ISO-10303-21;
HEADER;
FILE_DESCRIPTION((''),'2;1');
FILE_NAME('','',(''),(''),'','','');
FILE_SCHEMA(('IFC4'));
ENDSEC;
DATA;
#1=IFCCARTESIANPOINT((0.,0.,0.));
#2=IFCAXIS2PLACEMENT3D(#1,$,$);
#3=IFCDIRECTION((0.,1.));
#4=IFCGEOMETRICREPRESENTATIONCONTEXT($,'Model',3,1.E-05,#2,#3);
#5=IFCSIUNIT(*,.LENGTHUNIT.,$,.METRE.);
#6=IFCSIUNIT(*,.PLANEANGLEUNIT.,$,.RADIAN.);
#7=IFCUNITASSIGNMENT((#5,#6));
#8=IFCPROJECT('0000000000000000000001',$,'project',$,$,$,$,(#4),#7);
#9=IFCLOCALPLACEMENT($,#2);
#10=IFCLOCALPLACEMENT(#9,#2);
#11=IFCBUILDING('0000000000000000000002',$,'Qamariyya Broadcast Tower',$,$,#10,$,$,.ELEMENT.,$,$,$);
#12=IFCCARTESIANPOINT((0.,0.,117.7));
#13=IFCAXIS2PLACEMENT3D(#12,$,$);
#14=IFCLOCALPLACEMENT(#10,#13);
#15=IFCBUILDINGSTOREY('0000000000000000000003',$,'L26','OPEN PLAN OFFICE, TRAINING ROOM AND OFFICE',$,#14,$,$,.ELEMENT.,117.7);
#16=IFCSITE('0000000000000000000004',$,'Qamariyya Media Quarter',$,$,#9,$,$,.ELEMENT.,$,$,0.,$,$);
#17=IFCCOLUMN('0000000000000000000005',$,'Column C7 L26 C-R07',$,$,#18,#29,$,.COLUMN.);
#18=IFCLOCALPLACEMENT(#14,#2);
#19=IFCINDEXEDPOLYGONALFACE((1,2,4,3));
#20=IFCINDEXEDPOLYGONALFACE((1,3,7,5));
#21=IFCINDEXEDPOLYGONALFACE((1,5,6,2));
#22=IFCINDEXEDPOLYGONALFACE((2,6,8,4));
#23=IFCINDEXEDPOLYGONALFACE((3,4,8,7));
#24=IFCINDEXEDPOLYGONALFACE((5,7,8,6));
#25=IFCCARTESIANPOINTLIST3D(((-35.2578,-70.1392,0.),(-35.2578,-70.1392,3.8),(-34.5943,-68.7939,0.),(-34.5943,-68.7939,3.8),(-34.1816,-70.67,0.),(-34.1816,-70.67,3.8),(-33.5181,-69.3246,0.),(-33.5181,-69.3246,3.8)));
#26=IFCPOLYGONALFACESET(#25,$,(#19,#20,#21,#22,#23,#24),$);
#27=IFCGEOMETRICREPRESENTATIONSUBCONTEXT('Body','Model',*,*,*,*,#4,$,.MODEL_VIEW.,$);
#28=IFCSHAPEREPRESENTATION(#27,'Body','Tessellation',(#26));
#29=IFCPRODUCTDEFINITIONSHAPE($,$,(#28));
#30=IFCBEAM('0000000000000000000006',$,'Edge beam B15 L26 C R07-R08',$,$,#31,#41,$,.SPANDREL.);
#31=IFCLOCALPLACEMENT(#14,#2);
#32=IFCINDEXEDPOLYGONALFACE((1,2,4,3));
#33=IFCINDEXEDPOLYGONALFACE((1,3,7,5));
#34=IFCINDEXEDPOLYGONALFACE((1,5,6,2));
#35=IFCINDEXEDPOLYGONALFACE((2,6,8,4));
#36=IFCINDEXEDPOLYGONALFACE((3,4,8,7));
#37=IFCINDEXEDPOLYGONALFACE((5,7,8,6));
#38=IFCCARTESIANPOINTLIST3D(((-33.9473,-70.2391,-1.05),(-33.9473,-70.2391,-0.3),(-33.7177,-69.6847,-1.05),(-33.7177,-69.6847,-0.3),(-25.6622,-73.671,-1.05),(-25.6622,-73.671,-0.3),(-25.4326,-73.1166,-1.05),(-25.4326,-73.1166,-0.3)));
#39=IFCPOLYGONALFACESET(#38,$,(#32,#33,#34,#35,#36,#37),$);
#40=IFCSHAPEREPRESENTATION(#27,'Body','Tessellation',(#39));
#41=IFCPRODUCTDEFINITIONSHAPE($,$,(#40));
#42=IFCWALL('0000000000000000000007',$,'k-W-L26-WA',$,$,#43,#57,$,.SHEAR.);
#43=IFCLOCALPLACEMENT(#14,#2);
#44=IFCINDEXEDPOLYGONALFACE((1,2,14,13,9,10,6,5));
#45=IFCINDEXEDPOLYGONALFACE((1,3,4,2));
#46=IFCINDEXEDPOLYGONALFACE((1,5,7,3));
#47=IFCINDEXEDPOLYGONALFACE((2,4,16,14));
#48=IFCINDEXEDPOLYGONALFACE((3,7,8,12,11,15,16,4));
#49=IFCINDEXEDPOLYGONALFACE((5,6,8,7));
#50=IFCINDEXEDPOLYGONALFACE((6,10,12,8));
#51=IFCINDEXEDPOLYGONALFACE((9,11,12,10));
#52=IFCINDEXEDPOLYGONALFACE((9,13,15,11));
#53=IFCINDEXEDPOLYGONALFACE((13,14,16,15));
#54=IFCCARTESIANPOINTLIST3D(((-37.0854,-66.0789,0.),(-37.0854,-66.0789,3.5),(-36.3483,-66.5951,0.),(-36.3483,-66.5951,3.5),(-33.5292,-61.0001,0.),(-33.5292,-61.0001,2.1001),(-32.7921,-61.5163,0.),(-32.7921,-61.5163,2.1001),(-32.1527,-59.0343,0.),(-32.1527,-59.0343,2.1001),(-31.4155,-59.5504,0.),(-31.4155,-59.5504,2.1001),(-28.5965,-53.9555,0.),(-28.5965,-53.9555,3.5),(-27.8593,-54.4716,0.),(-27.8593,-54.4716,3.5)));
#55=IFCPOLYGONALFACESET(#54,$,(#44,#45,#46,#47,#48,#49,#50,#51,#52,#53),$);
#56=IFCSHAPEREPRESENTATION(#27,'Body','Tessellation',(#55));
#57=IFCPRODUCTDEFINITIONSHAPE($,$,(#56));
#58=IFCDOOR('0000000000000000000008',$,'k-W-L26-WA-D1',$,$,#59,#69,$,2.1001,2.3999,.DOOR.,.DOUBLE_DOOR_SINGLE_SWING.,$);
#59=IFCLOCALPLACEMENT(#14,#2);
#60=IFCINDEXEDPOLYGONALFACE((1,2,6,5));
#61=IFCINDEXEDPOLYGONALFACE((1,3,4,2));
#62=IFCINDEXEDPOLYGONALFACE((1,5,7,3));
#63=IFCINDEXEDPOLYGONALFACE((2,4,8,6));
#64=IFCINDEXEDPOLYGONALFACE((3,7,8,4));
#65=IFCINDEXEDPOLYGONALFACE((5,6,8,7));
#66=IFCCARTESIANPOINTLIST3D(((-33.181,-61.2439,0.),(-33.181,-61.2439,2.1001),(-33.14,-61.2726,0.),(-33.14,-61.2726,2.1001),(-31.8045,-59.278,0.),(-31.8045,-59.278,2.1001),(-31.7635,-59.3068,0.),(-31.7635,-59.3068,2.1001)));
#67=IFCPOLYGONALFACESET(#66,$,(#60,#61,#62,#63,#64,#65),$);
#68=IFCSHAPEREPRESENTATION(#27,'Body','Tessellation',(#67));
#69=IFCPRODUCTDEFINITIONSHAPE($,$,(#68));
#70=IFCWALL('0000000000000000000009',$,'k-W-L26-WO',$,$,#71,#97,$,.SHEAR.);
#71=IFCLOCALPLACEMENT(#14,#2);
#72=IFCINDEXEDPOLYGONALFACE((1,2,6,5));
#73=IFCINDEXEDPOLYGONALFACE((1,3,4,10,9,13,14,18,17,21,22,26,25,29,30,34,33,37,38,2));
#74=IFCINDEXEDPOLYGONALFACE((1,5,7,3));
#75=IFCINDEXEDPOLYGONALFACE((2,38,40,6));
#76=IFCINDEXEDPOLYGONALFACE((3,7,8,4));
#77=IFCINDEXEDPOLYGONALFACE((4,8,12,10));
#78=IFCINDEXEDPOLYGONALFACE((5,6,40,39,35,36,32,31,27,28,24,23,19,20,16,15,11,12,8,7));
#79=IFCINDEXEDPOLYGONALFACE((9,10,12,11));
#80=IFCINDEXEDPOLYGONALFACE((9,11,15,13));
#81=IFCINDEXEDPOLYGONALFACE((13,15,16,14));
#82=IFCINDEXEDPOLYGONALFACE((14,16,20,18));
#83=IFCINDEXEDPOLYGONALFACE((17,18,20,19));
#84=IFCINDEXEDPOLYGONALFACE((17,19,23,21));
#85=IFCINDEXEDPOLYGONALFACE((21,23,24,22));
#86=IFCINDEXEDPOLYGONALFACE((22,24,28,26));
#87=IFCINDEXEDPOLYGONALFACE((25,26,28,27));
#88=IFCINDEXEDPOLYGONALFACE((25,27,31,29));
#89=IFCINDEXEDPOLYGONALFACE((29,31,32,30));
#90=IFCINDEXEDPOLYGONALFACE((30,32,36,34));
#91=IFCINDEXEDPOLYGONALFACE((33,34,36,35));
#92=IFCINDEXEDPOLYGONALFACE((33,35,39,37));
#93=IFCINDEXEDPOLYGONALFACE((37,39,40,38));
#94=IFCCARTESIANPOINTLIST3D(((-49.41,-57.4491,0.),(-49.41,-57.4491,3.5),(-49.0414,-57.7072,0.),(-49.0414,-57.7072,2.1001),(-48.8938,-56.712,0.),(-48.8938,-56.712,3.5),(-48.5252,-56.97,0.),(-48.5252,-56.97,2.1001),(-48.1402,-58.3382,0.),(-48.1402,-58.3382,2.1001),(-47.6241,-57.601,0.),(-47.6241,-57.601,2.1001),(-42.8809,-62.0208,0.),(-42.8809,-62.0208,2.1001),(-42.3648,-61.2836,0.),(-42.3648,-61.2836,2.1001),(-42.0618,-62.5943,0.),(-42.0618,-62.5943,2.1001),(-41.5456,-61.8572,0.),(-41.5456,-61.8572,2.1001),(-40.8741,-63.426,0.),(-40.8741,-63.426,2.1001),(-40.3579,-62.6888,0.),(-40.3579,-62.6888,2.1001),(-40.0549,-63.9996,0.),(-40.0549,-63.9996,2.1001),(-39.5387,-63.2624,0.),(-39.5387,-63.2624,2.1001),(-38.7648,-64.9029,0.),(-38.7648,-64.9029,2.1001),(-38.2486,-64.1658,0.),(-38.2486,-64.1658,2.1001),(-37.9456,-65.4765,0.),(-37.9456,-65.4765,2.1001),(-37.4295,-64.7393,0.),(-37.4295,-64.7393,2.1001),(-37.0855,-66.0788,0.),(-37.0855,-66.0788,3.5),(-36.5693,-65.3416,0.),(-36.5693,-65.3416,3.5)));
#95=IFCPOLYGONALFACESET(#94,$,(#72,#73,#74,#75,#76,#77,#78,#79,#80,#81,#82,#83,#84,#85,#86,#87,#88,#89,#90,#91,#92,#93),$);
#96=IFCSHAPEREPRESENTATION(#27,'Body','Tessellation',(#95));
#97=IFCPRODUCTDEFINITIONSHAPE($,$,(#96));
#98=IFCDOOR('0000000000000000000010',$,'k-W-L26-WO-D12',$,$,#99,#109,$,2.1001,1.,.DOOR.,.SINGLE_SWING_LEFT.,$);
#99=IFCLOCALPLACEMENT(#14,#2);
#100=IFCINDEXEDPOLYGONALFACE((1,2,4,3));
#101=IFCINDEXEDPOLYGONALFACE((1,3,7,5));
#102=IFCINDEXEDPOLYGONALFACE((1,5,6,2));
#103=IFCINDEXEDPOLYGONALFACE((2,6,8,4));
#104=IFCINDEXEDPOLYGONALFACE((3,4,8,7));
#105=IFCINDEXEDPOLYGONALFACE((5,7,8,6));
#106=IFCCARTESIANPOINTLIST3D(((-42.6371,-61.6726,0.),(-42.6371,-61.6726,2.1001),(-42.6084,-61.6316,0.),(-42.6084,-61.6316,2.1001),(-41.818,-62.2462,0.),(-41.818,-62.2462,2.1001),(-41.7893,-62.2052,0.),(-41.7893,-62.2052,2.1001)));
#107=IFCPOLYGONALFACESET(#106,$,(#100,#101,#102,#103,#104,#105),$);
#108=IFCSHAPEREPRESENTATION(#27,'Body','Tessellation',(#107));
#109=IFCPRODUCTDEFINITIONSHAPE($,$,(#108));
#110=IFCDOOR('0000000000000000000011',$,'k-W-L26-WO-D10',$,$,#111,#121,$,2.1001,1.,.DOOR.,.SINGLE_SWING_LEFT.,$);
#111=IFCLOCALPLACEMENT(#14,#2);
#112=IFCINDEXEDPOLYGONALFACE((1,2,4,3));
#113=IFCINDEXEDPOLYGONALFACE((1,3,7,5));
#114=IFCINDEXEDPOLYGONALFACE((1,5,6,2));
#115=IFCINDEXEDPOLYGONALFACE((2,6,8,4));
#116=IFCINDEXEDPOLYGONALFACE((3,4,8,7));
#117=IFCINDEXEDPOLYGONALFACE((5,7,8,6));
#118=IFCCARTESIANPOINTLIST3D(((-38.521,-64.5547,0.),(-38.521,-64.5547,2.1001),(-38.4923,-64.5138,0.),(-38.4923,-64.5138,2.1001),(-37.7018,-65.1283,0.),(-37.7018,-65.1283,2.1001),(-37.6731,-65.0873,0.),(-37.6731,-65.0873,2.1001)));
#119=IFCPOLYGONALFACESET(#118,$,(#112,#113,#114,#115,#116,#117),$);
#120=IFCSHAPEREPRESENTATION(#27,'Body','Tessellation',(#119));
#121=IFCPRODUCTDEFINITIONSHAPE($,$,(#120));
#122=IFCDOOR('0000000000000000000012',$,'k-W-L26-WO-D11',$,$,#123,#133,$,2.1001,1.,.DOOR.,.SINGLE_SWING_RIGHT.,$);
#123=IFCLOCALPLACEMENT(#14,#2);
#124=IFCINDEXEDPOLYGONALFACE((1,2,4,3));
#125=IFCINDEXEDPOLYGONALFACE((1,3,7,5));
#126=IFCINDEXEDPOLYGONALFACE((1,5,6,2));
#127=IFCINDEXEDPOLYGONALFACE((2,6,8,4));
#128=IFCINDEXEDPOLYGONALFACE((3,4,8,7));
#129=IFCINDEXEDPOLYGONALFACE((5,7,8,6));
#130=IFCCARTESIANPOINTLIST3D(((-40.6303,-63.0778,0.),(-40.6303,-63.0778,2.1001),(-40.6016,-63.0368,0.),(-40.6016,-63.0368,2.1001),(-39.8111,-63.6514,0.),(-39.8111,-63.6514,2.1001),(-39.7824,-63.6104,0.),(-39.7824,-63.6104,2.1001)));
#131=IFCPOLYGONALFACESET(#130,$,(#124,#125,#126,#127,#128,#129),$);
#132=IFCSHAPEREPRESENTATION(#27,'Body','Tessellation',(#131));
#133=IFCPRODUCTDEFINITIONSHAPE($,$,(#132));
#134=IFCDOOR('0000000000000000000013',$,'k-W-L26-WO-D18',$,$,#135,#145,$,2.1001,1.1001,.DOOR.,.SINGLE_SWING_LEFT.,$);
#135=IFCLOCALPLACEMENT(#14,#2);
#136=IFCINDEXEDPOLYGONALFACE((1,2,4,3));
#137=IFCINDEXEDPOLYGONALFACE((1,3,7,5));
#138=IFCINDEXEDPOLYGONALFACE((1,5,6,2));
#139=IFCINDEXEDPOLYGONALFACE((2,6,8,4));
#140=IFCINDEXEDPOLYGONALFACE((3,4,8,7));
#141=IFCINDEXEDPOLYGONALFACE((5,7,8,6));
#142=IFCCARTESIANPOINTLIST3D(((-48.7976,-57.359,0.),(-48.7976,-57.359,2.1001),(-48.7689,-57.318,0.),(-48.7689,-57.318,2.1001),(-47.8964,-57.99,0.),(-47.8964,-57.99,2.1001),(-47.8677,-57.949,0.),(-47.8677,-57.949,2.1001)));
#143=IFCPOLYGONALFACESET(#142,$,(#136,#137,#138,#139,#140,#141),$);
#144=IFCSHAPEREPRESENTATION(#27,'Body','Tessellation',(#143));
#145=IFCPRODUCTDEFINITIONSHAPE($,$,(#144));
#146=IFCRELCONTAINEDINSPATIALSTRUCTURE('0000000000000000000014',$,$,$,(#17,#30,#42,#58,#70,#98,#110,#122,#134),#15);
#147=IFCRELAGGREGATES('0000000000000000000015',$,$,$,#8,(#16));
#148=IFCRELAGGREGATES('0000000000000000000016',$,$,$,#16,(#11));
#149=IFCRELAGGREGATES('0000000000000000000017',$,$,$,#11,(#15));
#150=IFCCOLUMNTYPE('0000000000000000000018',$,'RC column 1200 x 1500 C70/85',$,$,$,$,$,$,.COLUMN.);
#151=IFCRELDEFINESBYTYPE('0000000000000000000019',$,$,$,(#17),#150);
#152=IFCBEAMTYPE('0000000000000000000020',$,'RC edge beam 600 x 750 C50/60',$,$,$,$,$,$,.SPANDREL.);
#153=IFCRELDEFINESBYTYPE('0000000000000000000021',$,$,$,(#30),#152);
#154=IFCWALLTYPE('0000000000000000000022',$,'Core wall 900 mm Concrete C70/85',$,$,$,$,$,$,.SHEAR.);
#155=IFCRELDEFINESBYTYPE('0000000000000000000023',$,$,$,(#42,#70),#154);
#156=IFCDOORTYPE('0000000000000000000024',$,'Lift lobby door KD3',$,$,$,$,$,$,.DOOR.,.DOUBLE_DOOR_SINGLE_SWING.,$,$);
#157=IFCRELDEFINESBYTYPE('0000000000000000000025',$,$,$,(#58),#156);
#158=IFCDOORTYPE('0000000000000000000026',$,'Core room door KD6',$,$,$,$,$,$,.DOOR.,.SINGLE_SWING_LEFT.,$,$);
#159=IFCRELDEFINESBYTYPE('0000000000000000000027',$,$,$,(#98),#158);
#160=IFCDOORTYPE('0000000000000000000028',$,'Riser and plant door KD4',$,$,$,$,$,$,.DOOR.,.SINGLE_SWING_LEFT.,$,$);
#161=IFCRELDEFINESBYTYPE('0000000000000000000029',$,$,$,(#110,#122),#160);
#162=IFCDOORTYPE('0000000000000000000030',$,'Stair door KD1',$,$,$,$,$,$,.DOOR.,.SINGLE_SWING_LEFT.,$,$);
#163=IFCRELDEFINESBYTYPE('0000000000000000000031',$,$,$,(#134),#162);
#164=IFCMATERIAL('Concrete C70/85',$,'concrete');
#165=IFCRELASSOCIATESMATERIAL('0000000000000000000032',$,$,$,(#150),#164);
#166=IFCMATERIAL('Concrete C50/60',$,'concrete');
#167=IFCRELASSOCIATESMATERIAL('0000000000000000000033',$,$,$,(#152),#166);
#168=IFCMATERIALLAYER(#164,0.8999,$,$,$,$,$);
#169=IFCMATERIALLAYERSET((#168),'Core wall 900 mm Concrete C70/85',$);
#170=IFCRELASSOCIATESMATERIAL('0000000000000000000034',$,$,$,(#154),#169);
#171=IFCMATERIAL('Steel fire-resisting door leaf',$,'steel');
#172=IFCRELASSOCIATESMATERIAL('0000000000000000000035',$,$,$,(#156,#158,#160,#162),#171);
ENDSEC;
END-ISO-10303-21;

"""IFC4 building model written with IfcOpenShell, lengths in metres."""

from ifc_helpers import new_model, si_unit, direction, frame, frame_2d, origin, origin_2d, place, context, subcontext, project, spatial, rectangle, extrude, material, layer, layer_set, material_profile, profile_set, type_object, element, fill, save


model = new_model("IFC4")

# Units and contexts
model_context = context("Model", 3, precision=1e-05, world=origin(), true_north=direction((0.0, 1.0)))
body_context = subcontext(model_context, "Body", "Model", "MODEL_VIEW")
ifc_project = project(units=[si_unit("LENGTHUNIT", "METRE"), si_unit("PLANEANGLEUNIT", "RADIAN")], contexts=[model_context])

# Site, building, storey
site_placement = place(None, origin())
site = spatial("IfcSite", under=ifc_project, at=site_placement, Name="Qamariyya Media Quarter", CompositionType="ELEMENT", RefElevation=0.0)
building_placement = place(site_placement, origin())
building = spatial("IfcBuilding", under=site, at=building_placement, Name="Qamariyya Broadcast Tower", CompositionType="ELEMENT")
storey_placement = place(building_placement, frame((0.0, 0.0, 117.7)))
storey = spatial("IfcBuildingStorey", under=building, at=storey_placement, Name="L26", Description="OPEN PLAN OFFICE, TRAINING ROOM AND OFFICE", CompositionType="ELEMENT", Elevation=117.7)

# Column
ifc_material_1 = material(Name="Concrete C70/85", Category="concrete")
ifc_material_profile_1 = material_profile(ifc_material_1, rectangle(XDim=1.2, YDim=1.5, at=origin_2d()))
ifc_profile_set_1 = profile_set([ifc_material_profile_1], Name="Concrete C70/85")
column_type = type_object("IfcColumnType", Name="RC column 1200 x 1500 C70/85", PredefinedType="COLUMN", material=ifc_profile_set_1)
column_placement = place(storey_placement, frame((-34.3879, -69.7319, 0.0), z_axis=(0.0, 0.0, 1.0), x_axis=(0.896873, -0.442289, 0.0)))
element("IfcColumn", 1, at=column_placement, inside=storey, type_object=column_type, Name="Column C7 L26 C-R07", PredefinedType="COLUMN", context=body_context, shape_type="SweptSolid", body=[
    extrude(rectangle(XDim=1.2, YDim=1.5, at=origin_2d()), origin(), (0.0, 0.0, 1.0), 3.8),
])

# Beam
ifc_material_2 = material(Name="Concrete C50/60", Category="concrete")
ifc_material_profile_2 = material_profile(ifc_material_2, rectangle(XDim=0.6001, YDim=0.75, at=origin_2d()))
ifc_profile_set_2 = profile_set([ifc_material_profile_2], Name="Concrete C50/60")
beam_type = type_object("IfcBeamType", Name="RC edge beam 600 x 750 C50/60", PredefinedType="SPANDREL", material=ifc_profile_set_2)
beam_placement = place(storey_placement, frame((-33.8325, -69.9619, -0.675), z_axis=(0.923877, -0.382689, 0.0), x_axis=(0.382689, 0.923877, 0.0)))
element("IfcBeam", 2, at=beam_placement, inside=storey, type_object=beam_type, Name="Edge beam B15 L26 C R07-R08", PredefinedType="SPANDREL", context=body_context, shape_type="SweptSolid", body=[
    extrude(rectangle(XDim=0.6001, YDim=0.75, at=origin_2d()), origin(), (0.0, 0.0, 1.0), 8.9678),
])

# Wall, opening, door
ifc_layer_1 = layer(ifc_material_1, 0.8999)
ifc_layer_set_1 = layer_set([ifc_layer_1], Name="Core wall 900 mm Concrete C70/85")
wall_type_1 = type_object("IfcWallType", Name="Core wall 900 mm Concrete C70/85", PredefinedType="SHEAR", material=ifc_layer_set_1)
wall_1_placement = place(storey_placement, frame((-36.7168, -66.3369, 0.0), z_axis=(0.0, 0.0, 1.0), x_axis=(0.573577, 0.819151, 0.0)))
wall_1 = element("IfcWall", 3, at=wall_1_placement, inside=storey, type_object=wall_type_1, Name="k-W-L26-WA", PredefinedType="SHEAR", context=body_context, shape_type="SweptSolid", body=[
    extrude(rectangle(XDim=14.8, YDim=0.8999, at=frame_2d((7.3999, 0.0))), origin(), (0.0, 0.0, 1.0), 3.5),
])
opening_1_placement = place(wall_1_placement, frame((6.2, 0.0, 0.0)))
opening_1 = element("IfcOpeningElement", 4, at=opening_1_placement, cuts=wall_1, PredefinedType="OPENING", context=body_context, shape_type="SweptSolid", body=[
    extrude(rectangle(XDim=2.3999, YDim=2.1001, at=frame_2d((1.2, 1.05))), frame((0.0, 0.46, 0.0), z_axis=(0.0, -1.0, 0.0), x_axis=(1.0, 0.0, 0.0)), (0.0, 0.0, 1.0), 0.9199),
])
ifc_material_3 = material(Name="Steel fire-resisting door leaf", Category="steel")
door_type_1 = type_object("IfcDoorType", Name="Lift lobby door KD3", OperationType="DOUBLE_DOOR_SINGLE_SWING", PredefinedType="DOOR", material=ifc_material_3)
door_1_placement = place(opening_1_placement, origin())
door_1 = element("IfcDoor", 5, at=door_1_placement, inside=storey, type_object=door_type_1, Name="k-W-L26-WA-D1", OperationType="DOUBLE_DOOR_SINGLE_SWING", OverallHeight=2.1001, OverallWidth=2.3999, PredefinedType="DOOR", context=body_context, shape_type="SweptSolid", body=[
    extrude(rectangle(XDim=2.3999, YDim=2.1001, at=frame_2d((1.2, 1.05))), frame((0.0, 0.0249, 0.0), z_axis=(0.0, -1.0, 0.0), x_axis=(1.0, 0.0, 0.0)), (0.0, 0.0, 1.0), 0.05),
])
fill(opening_1, door_1)

# Wall, openings, doors
wall_2_placement = place(storey_placement, frame((-36.8274, -65.7102, 0.0), z_axis=(0.0, 0.0, 1.0), x_axis=(-0.819153, 0.573575, 0.0)))
wall_2 = element("IfcWall", 6, at=wall_2_placement, inside=storey, type_object=wall_type_1, Name="k-W-L26-WO", PredefinedType="SHEAR", context=body_context, shape_type="SweptSolid", body=[
    extrude(rectangle(XDim=15.0454, YDim=0.8999, at=frame_2d((7.5227, 0.0))), origin(), (0.0, 0.0, 1.0), 3.5),
])
opening_2_placement = place(wall_2_placement, frame((1.05, 0.0, 0.0)))
opening_2 = element("IfcOpeningElement", 7, at=opening_2_placement, cuts=wall_2, PredefinedType="OPENING", context=body_context, shape_type="SweptSolid", body=[
    extrude(rectangle(XDim=1.0, YDim=2.1001, at=frame_2d((0.5, 1.05))), frame((0.0, 0.46, 0.0), z_axis=(0.0, -1.0, 0.0), x_axis=(1.0, 0.0, 0.0)), (0.0, 0.0, 1.0), 0.9199),
])
opening_3_placement = place(wall_2_placement, frame((3.625, 0.0, 0.0)))
opening_3 = element("IfcOpeningElement", 8, at=opening_3_placement, cuts=wall_2, PredefinedType="OPENING", context=body_context, shape_type="SweptSolid", body=[
    extrude(rectangle(XDim=1.0, YDim=2.1001, at=frame_2d((0.5, 1.05))), frame((0.0, 0.46, 0.0), z_axis=(0.0, -1.0, 0.0), x_axis=(1.0, 0.0, 0.0)), (0.0, 0.0, 1.0), 0.9199),
])
opening_4_placement = place(wall_2_placement, frame((6.075, 0.0, 0.0)))
opening_4 = element("IfcOpeningElement", 9, at=opening_4_placement, cuts=wall_2, PredefinedType="OPENING", context=body_context, shape_type="SweptSolid", body=[
    extrude(rectangle(XDim=1.0, YDim=2.1001, at=frame_2d((0.5, 1.05))), frame((0.0, 0.46, 0.0), z_axis=(0.0, -1.0, 0.0), x_axis=(1.0, 0.0, 0.0)), (0.0, 0.0, 1.0), 0.9199),
])
opening_5_placement = place(wall_2_placement, frame((13.4954, 0.0, 0.0)))
opening_5 = element("IfcOpeningElement", 10, at=opening_5_placement, cuts=wall_2, PredefinedType="OPENING", context=body_context, shape_type="SweptSolid", body=[
    extrude(rectangle(XDim=1.1001, YDim=2.1001, at=frame_2d((0.55, 1.05))), frame((0.0, 0.46, 0.0), z_axis=(0.0, -1.0, 0.0), x_axis=(1.0, 0.0, 0.0)), (0.0, 0.0, 1.0), 0.9199),
])
door_type_2 = type_object("IfcDoorType", Name="Core room door KD6", OperationType="SINGLE_SWING_LEFT", PredefinedType="DOOR", material=ifc_material_3)
door_2_placement = place(opening_4_placement, origin())
door_2 = element("IfcDoor", 11, at=door_2_placement, inside=storey, type_object=door_type_2, Name="k-W-L26-WO-D12", OperationType="SINGLE_SWING_LEFT", OverallHeight=2.1001, OverallWidth=1.0, PredefinedType="DOOR", context=body_context, shape_type="SweptSolid", body=[
    extrude(rectangle(XDim=1.0, YDim=2.1001, at=frame_2d((0.5, 1.05))), frame((0.0, 0.0249, 0.0), z_axis=(0.0, -1.0, 0.0), x_axis=(1.0, 0.0, 0.0)), (0.0, 0.0, 1.0), 0.05),
])
fill(opening_4, door_2)
door_type_3 = type_object("IfcDoorType", Name="Riser and plant door KD4", OperationType="SINGLE_SWING_LEFT", PredefinedType="DOOR", material=ifc_material_3)
door_3_placement = place(opening_2_placement, origin())
door_3 = element("IfcDoor", 12, at=door_3_placement, inside=storey, type_object=door_type_3, Name="k-W-L26-WO-D10", OperationType="SINGLE_SWING_LEFT", OverallHeight=2.1001, OverallWidth=1.0, PredefinedType="DOOR", context=body_context, shape_type="SweptSolid", body=[
    extrude(rectangle(XDim=1.0, YDim=2.1001, at=frame_2d((0.5, 1.05))), frame((0.0, 0.0249, 0.0), z_axis=(0.0, -1.0, 0.0), x_axis=(1.0, 0.0, 0.0)), (0.0, 0.0, 1.0), 0.05),
])
fill(opening_2, door_3)
door_4_placement = place(opening_3_placement, origin())
door_4 = element("IfcDoor", 13, at=door_4_placement, inside=storey, type_object=door_type_3, Name="k-W-L26-WO-D11", OperationType="SINGLE_SWING_RIGHT", OverallHeight=2.1001, OverallWidth=1.0, PredefinedType="DOOR", context=body_context, shape_type="SweptSolid", body=[
    extrude(rectangle(XDim=1.0, YDim=2.1001, at=frame_2d((0.5, 1.05))), frame((0.0, 0.0249, 0.0), z_axis=(0.0, -1.0, 0.0), x_axis=(1.0, 0.0, 0.0)), (0.0, 0.0, 1.0), 0.05),
])
fill(opening_3, door_4)
door_type_4 = type_object("IfcDoorType", Name="Stair door KD1", OperationType="SINGLE_SWING_LEFT", PredefinedType="DOOR", material=ifc_material_3)
door_5_placement = place(opening_5_placement, origin())
door_5 = element("IfcDoor", 14, at=door_5_placement, inside=storey, type_object=door_type_4, Name="k-W-L26-WO-D18", OperationType="SINGLE_SWING_LEFT", OverallHeight=2.1001, OverallWidth=1.1001, PredefinedType="DOOR", context=body_context, shape_type="SweptSolid", body=[
    extrude(rectangle(XDim=1.1001, YDim=2.1001, at=frame_2d((0.55, 1.05))), frame((0.0, 0.0249, 0.0), z_axis=(0.0, -1.0, 0.0), x_axis=(1.0, 0.0, 0.0)), (0.0, 0.0, 1.0), 0.05),
])
fill(opening_5, door_5)

save(model, "model.ifc")
